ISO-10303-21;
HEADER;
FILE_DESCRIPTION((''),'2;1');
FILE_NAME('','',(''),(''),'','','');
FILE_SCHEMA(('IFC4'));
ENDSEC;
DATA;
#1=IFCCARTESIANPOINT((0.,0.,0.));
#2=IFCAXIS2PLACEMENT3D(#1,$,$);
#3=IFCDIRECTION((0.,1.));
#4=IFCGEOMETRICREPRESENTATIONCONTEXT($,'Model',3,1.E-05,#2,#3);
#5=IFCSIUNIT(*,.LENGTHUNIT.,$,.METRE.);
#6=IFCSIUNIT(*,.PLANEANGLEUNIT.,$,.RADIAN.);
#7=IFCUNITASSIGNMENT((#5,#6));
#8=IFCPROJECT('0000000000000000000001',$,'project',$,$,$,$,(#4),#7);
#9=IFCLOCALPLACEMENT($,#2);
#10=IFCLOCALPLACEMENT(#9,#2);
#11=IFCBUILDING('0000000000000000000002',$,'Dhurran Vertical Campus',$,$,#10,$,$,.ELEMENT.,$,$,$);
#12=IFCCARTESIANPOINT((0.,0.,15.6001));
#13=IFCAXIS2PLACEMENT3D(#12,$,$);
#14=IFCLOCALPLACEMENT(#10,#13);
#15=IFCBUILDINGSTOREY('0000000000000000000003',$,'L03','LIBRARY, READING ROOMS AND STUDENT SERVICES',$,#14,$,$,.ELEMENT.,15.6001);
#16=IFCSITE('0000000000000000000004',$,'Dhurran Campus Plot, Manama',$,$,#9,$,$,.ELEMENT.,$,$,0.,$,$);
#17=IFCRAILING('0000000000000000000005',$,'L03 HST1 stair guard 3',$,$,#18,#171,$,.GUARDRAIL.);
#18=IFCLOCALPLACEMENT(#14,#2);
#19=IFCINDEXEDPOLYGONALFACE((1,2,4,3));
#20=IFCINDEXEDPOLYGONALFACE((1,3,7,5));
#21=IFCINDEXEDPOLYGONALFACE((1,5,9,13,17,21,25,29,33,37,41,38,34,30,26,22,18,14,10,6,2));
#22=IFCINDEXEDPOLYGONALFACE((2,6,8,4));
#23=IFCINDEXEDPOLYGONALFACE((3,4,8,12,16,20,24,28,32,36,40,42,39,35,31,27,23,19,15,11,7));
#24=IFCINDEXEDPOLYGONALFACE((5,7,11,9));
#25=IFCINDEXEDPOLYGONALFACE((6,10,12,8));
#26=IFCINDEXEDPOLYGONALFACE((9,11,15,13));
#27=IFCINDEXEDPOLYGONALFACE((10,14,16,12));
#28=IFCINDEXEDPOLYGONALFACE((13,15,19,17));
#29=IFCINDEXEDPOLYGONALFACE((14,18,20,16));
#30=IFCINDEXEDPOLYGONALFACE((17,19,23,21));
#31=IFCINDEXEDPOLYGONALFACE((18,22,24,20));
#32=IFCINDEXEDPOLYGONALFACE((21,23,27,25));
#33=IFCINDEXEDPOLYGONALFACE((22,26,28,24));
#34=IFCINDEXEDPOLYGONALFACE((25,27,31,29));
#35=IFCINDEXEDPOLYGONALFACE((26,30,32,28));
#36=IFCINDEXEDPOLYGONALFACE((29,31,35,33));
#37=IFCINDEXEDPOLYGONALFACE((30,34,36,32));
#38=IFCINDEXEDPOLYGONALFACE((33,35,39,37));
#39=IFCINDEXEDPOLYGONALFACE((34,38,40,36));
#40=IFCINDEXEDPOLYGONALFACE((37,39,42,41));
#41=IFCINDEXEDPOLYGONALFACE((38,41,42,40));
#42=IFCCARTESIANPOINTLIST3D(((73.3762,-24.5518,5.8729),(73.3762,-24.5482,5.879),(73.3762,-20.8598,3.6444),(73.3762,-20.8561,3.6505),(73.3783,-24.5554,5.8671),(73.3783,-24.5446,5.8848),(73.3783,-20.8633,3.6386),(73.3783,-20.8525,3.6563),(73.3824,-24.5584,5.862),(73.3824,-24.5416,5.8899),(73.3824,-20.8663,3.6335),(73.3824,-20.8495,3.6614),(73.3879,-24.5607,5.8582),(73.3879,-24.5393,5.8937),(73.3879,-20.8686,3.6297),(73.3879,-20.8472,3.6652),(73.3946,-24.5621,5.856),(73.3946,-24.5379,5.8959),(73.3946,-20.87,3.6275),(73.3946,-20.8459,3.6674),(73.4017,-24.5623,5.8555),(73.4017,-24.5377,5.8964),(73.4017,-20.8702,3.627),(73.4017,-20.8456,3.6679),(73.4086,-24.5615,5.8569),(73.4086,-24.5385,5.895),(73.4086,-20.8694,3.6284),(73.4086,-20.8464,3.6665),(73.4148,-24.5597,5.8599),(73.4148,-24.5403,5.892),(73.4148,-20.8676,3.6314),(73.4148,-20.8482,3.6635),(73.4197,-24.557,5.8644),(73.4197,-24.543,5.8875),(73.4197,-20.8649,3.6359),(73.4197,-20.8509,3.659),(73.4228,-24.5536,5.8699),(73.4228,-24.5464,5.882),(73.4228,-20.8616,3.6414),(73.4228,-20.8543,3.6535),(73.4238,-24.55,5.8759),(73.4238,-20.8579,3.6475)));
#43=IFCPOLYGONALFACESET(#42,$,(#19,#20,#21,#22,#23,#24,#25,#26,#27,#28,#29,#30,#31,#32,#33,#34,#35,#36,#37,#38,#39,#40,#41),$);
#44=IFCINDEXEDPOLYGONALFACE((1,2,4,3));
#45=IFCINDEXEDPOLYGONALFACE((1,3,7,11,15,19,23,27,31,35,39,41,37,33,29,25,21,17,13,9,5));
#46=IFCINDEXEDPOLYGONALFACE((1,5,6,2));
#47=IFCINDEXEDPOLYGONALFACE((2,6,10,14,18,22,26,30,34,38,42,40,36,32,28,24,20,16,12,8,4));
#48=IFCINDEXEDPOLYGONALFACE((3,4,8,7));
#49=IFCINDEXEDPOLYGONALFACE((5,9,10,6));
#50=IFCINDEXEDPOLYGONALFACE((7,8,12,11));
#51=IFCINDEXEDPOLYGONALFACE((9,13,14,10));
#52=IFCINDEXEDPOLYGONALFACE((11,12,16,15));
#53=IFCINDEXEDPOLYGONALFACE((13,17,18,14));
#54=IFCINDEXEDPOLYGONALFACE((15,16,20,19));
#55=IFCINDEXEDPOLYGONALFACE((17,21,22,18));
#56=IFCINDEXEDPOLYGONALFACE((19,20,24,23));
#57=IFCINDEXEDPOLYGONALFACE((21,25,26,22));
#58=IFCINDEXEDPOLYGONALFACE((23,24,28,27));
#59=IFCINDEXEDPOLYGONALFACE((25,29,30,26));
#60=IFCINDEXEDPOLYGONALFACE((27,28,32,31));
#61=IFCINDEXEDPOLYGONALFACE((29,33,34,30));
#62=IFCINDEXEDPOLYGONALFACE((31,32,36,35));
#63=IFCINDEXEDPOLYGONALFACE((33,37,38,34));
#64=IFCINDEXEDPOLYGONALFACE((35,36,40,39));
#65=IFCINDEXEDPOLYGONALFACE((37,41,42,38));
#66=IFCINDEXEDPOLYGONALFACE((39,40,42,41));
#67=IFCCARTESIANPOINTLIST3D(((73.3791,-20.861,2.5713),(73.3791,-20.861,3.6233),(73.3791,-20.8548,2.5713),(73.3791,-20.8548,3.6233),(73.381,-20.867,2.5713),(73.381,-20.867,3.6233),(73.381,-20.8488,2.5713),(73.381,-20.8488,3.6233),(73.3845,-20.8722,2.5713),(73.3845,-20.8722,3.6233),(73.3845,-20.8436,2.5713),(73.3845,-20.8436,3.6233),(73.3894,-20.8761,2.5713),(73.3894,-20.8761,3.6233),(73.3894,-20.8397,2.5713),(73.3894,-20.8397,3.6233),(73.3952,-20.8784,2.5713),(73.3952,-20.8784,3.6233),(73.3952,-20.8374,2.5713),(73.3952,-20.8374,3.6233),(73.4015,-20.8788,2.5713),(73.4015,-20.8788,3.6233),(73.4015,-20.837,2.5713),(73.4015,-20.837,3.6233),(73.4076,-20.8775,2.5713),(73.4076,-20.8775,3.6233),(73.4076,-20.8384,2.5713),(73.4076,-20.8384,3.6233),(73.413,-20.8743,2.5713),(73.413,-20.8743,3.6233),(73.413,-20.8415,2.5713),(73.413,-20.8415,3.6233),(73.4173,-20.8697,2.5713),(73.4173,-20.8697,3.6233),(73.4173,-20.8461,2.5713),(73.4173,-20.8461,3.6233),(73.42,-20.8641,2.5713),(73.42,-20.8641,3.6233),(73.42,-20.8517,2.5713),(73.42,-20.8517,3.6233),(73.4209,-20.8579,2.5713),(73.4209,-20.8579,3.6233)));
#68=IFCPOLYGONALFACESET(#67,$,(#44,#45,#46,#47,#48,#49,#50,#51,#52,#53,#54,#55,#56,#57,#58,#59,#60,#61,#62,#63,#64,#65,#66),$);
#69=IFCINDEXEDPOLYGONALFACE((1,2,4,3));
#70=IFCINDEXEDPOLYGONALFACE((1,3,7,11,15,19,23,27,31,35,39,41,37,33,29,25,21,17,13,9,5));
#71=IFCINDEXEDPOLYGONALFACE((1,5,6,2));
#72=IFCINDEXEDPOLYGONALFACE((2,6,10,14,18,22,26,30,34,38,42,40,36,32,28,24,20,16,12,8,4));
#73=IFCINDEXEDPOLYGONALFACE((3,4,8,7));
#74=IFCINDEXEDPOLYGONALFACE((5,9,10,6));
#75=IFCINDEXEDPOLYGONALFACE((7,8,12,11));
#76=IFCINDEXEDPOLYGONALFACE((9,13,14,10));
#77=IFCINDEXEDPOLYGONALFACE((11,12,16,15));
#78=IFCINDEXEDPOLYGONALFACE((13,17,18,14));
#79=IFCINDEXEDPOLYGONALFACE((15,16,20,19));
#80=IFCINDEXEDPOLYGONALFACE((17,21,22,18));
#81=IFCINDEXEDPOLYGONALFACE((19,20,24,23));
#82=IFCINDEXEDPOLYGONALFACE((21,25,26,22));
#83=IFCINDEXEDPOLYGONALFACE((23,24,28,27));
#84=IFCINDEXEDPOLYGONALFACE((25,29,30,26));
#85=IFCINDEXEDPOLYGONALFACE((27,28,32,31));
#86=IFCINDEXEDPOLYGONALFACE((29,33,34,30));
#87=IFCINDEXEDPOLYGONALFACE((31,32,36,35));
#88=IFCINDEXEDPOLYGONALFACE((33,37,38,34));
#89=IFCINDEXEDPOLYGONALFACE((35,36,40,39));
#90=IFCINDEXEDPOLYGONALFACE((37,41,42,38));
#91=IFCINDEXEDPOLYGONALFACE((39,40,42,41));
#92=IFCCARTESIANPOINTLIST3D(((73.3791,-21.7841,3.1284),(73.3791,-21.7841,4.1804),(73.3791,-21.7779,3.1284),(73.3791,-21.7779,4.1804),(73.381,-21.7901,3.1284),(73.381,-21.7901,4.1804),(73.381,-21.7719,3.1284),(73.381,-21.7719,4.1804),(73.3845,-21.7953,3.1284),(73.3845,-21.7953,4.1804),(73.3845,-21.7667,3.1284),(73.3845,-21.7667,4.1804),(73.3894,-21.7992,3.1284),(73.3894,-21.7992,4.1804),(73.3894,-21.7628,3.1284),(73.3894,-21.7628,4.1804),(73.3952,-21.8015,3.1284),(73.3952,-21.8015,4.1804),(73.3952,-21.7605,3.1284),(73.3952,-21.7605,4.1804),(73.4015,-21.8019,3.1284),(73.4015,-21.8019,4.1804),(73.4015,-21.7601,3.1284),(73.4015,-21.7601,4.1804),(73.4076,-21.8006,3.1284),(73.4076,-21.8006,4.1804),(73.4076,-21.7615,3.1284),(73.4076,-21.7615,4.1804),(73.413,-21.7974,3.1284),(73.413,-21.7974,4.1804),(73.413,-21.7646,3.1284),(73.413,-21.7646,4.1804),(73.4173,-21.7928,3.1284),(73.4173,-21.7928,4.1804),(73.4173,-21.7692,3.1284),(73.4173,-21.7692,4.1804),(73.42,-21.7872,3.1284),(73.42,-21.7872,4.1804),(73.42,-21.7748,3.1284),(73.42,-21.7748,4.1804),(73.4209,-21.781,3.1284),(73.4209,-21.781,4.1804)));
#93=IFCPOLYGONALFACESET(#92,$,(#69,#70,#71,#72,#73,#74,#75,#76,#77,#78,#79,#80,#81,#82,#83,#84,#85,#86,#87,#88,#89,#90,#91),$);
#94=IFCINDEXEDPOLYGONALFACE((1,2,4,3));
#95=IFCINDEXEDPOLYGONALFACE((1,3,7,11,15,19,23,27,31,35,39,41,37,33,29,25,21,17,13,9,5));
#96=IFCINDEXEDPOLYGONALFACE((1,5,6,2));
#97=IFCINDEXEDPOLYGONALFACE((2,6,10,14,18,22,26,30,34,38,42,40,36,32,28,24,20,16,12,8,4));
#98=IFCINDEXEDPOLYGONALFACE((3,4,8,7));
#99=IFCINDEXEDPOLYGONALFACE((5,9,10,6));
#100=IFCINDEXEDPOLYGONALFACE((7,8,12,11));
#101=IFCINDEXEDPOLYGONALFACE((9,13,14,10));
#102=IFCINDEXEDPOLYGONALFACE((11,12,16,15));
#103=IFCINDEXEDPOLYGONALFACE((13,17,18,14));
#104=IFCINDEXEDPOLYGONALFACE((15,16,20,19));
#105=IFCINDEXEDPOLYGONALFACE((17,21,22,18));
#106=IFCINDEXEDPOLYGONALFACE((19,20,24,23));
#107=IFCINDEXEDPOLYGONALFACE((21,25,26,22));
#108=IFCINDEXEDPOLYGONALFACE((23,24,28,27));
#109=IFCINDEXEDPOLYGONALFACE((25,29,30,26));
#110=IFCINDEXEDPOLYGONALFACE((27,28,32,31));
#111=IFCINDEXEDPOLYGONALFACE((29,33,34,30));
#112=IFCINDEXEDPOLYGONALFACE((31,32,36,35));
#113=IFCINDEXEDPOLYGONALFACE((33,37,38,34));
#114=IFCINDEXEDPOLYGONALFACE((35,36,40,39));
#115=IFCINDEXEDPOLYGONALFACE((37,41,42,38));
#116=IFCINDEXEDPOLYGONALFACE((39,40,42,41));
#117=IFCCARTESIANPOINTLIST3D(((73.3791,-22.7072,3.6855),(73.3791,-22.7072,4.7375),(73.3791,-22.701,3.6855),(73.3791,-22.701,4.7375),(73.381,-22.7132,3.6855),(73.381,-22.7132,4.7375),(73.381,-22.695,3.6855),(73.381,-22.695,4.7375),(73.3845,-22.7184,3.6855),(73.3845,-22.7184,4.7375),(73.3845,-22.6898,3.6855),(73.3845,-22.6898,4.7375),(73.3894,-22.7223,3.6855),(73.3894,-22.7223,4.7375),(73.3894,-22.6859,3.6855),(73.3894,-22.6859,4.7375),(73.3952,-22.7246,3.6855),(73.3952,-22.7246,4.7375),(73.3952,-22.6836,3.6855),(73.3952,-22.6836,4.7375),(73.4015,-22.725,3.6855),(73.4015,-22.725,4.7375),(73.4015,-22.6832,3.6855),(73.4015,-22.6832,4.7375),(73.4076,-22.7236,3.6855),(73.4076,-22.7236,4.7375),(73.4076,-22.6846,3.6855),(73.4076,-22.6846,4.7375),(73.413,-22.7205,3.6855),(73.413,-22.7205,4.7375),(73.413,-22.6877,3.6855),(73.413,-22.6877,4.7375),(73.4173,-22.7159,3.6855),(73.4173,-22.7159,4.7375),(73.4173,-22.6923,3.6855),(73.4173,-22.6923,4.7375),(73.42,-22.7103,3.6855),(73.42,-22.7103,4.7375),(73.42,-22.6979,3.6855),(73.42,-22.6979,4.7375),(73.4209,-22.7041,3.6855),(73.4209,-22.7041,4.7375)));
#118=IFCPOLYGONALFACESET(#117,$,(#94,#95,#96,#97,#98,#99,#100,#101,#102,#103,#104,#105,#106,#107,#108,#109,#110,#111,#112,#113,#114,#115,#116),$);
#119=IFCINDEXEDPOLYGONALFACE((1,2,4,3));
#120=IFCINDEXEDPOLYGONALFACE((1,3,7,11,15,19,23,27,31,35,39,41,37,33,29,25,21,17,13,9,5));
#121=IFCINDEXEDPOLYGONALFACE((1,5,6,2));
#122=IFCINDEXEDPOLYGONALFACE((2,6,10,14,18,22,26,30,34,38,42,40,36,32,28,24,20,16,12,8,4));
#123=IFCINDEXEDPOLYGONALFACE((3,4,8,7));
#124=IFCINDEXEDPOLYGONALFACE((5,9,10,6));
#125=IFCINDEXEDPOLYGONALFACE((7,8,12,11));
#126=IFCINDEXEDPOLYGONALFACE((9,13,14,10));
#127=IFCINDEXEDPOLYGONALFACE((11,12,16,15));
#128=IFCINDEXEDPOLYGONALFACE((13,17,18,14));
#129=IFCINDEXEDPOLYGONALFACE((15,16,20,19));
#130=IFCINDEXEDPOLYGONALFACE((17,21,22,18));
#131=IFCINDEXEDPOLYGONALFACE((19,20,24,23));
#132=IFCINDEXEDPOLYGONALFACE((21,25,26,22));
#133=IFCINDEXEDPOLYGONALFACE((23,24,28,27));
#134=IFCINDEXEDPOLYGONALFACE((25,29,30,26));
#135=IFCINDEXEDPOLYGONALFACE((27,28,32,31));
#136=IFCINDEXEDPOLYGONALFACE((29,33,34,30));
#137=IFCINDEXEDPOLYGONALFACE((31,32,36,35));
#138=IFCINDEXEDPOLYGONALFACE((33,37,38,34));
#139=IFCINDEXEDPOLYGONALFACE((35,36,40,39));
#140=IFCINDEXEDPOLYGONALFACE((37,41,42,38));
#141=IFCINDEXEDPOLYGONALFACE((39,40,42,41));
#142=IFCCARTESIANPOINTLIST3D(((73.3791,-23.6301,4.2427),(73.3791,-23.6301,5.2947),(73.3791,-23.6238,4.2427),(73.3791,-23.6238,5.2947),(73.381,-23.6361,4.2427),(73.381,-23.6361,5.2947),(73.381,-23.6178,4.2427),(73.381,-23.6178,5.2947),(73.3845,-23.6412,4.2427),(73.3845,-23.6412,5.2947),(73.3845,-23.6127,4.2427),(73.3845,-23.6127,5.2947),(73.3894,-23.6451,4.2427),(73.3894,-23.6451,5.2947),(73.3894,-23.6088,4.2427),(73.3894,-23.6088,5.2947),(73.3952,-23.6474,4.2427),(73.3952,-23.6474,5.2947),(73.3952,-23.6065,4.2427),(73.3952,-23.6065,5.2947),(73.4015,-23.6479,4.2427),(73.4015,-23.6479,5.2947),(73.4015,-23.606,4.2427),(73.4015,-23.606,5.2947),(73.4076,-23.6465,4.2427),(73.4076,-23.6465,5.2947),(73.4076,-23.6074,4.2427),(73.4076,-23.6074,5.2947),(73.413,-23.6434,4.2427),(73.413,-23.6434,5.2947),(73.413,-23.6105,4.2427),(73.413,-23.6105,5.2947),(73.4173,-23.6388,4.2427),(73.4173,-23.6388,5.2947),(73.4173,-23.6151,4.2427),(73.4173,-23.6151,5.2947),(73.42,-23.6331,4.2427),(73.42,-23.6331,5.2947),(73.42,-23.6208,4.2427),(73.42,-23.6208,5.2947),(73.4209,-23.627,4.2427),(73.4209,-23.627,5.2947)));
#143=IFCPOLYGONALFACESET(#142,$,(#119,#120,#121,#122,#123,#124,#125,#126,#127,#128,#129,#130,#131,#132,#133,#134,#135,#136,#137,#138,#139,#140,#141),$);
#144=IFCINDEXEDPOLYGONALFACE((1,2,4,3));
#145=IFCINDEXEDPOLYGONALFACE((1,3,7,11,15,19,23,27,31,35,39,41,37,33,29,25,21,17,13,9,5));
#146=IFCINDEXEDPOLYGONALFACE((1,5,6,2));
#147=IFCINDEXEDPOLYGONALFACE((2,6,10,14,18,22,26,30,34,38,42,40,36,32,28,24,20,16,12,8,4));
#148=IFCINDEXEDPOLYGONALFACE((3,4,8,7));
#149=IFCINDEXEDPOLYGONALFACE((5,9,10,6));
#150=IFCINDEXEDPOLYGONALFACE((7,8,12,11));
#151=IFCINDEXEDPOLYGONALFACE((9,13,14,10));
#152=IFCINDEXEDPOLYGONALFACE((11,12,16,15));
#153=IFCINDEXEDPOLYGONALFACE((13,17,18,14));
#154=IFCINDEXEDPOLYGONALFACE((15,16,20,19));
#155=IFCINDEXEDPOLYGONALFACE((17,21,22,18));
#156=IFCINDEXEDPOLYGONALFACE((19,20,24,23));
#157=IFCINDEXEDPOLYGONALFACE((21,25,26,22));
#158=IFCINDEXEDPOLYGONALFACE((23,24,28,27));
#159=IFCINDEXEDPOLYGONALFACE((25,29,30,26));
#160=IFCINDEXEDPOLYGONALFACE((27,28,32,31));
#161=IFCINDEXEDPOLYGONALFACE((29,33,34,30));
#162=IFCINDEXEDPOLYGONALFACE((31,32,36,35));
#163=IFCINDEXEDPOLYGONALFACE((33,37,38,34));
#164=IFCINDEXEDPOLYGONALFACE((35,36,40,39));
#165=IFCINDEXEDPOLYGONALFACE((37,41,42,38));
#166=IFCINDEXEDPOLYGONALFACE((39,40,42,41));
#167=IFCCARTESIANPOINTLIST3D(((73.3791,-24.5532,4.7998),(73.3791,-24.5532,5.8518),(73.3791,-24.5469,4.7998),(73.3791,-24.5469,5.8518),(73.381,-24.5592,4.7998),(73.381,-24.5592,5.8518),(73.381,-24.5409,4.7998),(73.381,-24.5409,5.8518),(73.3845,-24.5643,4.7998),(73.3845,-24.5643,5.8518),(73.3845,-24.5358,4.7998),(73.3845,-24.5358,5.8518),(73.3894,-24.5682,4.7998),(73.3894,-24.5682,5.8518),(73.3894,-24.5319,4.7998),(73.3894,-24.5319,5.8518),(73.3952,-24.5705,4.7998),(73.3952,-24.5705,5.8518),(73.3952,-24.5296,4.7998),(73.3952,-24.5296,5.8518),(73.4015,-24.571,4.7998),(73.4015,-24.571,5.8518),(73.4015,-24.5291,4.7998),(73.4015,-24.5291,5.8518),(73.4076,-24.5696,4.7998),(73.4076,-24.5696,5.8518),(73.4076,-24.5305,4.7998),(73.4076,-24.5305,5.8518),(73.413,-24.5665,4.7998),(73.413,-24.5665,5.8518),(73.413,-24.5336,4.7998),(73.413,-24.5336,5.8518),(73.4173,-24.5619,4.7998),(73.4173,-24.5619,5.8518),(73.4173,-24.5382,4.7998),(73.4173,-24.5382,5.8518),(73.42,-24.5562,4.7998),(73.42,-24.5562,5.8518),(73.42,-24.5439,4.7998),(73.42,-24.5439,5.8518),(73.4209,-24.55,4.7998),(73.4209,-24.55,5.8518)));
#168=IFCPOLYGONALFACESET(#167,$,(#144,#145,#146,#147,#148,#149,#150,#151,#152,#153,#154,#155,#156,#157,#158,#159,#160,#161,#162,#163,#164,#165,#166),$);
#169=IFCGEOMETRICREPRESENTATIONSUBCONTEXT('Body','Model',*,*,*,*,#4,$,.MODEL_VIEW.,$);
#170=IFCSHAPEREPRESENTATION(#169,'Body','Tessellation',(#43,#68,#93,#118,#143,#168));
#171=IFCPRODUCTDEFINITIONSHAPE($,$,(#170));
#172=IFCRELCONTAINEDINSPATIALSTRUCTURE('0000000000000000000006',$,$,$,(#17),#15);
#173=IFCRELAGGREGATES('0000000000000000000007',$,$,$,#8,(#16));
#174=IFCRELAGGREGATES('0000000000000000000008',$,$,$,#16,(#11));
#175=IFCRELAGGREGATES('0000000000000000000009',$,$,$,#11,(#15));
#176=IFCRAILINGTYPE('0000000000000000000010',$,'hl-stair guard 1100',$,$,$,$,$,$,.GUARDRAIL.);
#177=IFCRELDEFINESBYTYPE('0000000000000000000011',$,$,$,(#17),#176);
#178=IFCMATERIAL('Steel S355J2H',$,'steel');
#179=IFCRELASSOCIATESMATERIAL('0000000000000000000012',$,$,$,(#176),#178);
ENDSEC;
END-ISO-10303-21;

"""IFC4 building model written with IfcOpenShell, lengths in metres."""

from ifc_helpers import new_model, si_unit, direction, frame, origin, origin_2d, place, context, subcontext, project, spatial, circle, extrude, material, type_object, element, save


model = new_model("IFC4")

# Units and contexts
model_context = context("Model", 3, precision=1e-05, world=origin(), true_north=direction((0.0, 1.0)))
body_context = subcontext(model_context, "Body", "Model", "MODEL_VIEW")
ifc_project = project(units=[si_unit("LENGTHUNIT", "METRE"), si_unit("PLANEANGLEUNIT", "RADIAN")], contexts=[model_context])

# Site, building, storey
site_placement = place(None, origin())
site = spatial("IfcSite", under=ifc_project, at=site_placement, Name="Dhurran Campus Plot, Manama", CompositionType="ELEMENT", RefElevation=0.0)
building_placement = place(site_placement, origin())
building = spatial("IfcBuilding", under=site, at=building_placement, Name="Dhurran Vertical Campus", CompositionType="ELEMENT")
storey_placement = place(building_placement, frame((0.0, 0.0, 15.6001)))
storey = spatial("IfcBuildingStorey", under=building, at=storey_placement, Name="L03", Description="LIBRARY, READING ROOMS AND STUDENT SERVICES", CompositionType="ELEMENT", Elevation=15.6001)

# Railing
ifc_material_1 = material(Name="Steel S355J2H", Category="steel")
railing_type_1 = type_object("IfcRailingType", Name="hl-stair guard 1100", PredefinedType="GUARDRAIL", material=ifc_material_1)
railing_1_placement = place(storey_placement, frame((73.3999, -20.8579, 2.5713)))
element("IfcRailing", 1, at=railing_1_placement, inside=storey, type_object=railing_type_1, Name="L03 HST1 stair guard 3", PredefinedType="GUARDRAIL", context=body_context, shape_type="SweptSolid", body=[
    extrude(circle(Radius=0.0239, at=origin_2d()), frame((0.0, 0.0, 1.0762), z_axis=(0.0, -0.856136, 0.51675), x_axis=(1.0, 0.0, 0.0)), (0.0, 0.0, 1.0), 4.3125),
    extrude(circle(Radius=0.021, at=origin_2d()), origin(), (0.0, 0.0, 1.0), 1.052),
    extrude(circle(Radius=0.021, at=origin_2d()), frame((0.0, -0.9231, 0.5571)), (0.0, 0.0, 1.0), 1.052),
    extrude(circle(Radius=0.021, at=origin_2d()), frame((0.0, -1.8462, 1.1143)), (0.0, 0.0, 1.0), 1.052),
    extrude(circle(Radius=0.021, at=origin_2d()), frame((0.0, -2.769, 1.6714)), (0.0, 0.0, 1.0), 1.052),
    extrude(circle(Radius=0.021, at=origin_2d()), frame((0.0, -3.6921, 2.2285)), (0.0, 0.0, 1.0), 1.052),
])

save(model, "model.ifc")
